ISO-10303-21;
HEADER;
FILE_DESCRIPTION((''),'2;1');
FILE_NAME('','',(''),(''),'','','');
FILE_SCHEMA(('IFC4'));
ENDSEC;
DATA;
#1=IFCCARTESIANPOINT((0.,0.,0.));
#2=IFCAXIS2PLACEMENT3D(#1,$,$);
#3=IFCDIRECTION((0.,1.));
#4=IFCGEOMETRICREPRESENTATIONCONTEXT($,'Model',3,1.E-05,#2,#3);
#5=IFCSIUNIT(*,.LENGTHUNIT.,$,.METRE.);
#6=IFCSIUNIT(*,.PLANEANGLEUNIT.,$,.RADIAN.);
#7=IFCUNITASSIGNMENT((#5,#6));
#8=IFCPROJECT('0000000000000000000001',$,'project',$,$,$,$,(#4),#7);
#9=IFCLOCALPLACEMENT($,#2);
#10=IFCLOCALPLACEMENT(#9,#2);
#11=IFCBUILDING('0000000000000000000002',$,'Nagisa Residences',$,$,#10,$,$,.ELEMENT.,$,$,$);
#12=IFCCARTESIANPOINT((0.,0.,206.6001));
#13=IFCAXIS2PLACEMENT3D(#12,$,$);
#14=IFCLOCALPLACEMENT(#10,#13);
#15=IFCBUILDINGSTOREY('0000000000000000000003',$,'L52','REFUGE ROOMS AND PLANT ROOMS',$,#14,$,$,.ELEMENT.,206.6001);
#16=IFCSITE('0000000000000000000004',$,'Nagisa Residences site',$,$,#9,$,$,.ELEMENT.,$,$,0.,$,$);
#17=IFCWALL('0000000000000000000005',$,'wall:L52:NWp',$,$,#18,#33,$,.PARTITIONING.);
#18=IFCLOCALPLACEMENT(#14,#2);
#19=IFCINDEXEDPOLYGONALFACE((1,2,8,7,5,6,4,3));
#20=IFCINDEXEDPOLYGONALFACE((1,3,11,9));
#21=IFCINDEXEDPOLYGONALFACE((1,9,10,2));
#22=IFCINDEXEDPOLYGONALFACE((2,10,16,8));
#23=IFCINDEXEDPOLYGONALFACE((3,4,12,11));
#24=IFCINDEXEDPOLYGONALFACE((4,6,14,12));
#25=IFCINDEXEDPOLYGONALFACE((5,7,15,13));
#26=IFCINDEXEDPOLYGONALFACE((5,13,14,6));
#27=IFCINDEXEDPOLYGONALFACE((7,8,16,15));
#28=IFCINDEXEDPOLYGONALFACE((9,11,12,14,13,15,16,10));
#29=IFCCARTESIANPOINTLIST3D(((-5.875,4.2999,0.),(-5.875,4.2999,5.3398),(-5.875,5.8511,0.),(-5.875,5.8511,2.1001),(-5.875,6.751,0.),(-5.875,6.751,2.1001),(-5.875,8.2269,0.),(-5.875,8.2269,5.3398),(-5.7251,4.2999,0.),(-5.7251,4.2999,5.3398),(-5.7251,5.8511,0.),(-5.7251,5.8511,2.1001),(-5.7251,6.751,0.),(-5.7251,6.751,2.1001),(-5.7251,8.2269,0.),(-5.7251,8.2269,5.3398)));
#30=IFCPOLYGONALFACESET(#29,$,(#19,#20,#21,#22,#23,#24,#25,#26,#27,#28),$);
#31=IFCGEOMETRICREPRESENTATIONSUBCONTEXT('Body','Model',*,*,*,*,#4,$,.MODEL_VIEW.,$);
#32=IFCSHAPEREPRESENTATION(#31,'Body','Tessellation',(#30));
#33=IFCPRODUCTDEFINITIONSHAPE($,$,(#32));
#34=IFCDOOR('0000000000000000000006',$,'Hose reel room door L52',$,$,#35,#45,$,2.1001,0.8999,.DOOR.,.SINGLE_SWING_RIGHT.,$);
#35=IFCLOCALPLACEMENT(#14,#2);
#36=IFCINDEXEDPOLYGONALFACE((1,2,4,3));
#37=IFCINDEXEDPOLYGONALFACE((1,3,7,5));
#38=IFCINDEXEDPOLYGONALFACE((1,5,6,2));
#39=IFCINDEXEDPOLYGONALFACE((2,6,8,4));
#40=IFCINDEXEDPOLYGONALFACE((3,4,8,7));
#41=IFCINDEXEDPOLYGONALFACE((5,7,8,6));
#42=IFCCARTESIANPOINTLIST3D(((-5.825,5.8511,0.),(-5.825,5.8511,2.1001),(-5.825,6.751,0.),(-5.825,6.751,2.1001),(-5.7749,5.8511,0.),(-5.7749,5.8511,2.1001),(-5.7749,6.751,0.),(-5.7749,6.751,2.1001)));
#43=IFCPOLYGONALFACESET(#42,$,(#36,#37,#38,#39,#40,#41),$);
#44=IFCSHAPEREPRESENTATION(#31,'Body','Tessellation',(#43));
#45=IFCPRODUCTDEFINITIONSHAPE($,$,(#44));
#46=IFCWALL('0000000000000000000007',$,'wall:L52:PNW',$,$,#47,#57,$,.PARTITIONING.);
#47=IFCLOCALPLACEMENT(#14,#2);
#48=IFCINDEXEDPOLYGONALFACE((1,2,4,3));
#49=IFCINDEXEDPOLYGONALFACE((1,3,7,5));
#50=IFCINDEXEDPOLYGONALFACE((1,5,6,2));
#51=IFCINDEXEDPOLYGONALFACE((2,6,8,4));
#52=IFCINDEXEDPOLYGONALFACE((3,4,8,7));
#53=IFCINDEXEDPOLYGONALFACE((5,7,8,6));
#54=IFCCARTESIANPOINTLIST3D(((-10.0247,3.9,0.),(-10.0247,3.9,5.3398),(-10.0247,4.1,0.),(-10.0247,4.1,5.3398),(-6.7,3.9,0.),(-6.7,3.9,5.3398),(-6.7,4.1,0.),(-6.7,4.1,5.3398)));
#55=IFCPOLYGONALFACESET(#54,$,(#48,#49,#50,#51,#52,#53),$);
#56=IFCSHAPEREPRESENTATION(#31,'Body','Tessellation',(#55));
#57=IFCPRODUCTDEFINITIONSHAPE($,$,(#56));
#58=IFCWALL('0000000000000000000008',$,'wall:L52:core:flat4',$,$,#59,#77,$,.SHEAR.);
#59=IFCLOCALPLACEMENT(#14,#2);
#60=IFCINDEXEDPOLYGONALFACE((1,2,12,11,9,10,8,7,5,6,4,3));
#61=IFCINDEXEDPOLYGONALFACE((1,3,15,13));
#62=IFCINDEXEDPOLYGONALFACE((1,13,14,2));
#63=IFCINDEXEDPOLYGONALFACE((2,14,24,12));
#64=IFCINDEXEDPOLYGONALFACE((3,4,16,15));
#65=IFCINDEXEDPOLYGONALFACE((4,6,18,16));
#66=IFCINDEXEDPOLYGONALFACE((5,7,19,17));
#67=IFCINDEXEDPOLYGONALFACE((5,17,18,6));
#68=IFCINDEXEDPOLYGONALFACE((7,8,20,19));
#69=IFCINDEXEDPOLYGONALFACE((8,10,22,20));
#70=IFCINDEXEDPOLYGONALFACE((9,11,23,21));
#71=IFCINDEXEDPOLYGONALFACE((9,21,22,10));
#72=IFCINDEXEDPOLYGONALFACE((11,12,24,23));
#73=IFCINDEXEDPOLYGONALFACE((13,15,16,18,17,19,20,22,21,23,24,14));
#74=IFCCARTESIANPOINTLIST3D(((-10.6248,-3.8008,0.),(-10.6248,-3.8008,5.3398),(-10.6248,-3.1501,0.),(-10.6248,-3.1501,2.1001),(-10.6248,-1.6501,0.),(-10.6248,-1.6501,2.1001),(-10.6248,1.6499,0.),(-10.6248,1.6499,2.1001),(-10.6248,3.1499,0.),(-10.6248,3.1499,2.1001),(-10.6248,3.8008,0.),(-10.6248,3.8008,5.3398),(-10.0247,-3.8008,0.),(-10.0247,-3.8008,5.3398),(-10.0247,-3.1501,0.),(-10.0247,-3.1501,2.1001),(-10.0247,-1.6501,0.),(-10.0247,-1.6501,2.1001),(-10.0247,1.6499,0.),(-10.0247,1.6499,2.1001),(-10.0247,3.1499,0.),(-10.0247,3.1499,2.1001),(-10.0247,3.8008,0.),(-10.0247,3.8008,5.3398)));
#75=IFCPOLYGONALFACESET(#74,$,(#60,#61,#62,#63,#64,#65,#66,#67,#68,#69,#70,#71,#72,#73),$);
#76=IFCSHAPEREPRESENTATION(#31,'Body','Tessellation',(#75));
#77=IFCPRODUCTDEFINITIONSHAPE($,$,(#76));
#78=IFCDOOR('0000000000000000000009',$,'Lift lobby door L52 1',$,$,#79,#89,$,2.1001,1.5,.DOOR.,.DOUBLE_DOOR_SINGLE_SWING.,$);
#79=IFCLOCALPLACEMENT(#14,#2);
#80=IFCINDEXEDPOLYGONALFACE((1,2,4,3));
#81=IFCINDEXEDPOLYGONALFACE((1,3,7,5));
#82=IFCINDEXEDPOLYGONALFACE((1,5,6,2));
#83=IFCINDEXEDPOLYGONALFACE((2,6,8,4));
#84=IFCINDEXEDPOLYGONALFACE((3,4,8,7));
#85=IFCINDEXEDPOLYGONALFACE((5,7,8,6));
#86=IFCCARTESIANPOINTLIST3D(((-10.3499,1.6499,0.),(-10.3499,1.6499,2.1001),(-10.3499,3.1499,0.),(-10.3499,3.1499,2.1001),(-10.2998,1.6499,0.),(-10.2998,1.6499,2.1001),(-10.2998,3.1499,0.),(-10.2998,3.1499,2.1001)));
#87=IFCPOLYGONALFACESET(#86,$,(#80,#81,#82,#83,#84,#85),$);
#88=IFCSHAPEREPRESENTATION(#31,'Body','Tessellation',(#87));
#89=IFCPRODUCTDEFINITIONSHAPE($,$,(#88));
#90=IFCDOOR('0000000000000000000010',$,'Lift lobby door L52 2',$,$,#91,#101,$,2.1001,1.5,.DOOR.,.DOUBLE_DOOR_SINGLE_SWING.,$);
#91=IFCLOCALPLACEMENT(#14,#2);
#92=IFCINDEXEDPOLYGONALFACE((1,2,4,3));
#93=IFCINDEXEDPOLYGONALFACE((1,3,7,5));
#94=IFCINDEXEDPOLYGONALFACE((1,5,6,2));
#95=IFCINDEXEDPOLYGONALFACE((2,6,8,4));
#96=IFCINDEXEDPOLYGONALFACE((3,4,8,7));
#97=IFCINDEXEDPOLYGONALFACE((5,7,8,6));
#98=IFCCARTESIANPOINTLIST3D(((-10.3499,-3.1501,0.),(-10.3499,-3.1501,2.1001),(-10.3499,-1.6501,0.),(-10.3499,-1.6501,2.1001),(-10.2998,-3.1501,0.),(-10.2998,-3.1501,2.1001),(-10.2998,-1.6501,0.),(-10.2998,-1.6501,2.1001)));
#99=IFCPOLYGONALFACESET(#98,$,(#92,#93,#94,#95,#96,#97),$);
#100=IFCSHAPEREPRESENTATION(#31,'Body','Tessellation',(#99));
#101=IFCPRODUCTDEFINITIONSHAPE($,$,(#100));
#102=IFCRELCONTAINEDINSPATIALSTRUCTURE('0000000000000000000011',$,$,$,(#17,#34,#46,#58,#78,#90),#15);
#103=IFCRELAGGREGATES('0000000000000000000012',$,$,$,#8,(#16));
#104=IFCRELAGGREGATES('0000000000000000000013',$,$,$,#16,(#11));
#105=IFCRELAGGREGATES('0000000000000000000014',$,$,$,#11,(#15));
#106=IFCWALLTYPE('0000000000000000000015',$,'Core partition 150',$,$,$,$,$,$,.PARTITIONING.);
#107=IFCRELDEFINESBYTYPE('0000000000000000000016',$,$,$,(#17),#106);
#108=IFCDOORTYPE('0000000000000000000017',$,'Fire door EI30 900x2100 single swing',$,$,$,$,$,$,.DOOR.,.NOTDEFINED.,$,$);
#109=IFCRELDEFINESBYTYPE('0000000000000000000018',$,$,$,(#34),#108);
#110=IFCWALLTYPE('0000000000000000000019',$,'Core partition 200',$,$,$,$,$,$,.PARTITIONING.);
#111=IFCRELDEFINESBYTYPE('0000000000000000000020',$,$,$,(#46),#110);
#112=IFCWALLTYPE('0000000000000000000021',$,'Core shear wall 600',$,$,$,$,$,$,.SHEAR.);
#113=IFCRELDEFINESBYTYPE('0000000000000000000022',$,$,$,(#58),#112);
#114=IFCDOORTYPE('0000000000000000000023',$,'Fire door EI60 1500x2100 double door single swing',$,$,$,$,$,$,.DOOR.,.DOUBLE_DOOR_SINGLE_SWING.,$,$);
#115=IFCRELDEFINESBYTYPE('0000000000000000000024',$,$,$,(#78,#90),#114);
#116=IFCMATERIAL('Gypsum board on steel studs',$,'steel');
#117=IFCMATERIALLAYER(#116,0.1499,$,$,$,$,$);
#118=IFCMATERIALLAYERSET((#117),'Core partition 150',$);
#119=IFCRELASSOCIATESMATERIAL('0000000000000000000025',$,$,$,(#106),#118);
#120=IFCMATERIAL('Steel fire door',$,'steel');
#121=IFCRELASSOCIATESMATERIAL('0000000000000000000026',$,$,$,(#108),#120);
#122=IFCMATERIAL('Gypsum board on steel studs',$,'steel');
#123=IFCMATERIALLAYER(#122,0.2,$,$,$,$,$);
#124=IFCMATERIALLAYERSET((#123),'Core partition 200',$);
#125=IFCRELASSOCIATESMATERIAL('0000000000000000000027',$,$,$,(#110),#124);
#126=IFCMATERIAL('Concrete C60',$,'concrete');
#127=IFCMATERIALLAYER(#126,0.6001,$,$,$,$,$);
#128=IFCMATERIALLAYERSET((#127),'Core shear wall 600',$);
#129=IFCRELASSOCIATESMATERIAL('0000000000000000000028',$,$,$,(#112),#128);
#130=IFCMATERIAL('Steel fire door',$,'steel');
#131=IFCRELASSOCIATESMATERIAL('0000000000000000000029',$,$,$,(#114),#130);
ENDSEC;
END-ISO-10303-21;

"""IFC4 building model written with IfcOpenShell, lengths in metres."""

from ifc_helpers import new_model, si_unit, direction, frame, frame_2d, origin, place, context, subcontext, project, spatial, rectangle, extrude, material, layer, layer_set, type_object, element, fill, save


model = new_model("IFC4")

# Units and contexts
model_context = context("Model", 3, precision=1e-05, world=origin(), true_north=direction((0.0, 1.0)))
body_context = subcontext(model_context, "Body", "Model", "MODEL_VIEW")
ifc_project = project(units=[si_unit("LENGTHUNIT", "METRE"), si_unit("PLANEANGLEUNIT", "RADIAN")], contexts=[model_context])

# Site, building, storey
site_placement = place(None, origin())
site = spatial("IfcSite", under=ifc_project, at=site_placement, Name="Nagisa Residences site", CompositionType="ELEMENT", RefElevation=0.0)
building_placement = place(site_placement, origin())
building = spatial("IfcBuilding", under=site, at=building_placement, Name="Nagisa Residences", CompositionType="ELEMENT")
storey_placement = place(building_placement, frame((0.0, 0.0, 206.6001)))
storey = spatial("IfcBuildingStorey", under=building, at=storey_placement, Name="L52", Description="REFUGE ROOMS AND PLANT ROOMS", CompositionType="ELEMENT", Elevation=206.6001)

# Wall, opening, door
ifc_material_1 = material(Name="Gypsum board on steel studs", Category="steel")
ifc_layer_1 = layer(ifc_material_1, 0.1499)
ifc_layer_set_1 = layer_set([ifc_layer_1], Name="Core partition 150")
wall_type_1 = type_object("IfcWallType", Name="Core partition 150", PredefinedType="PARTITIONING", material=ifc_layer_set_1)
wall_1_placement = place(storey_placement, frame((-5.8, 4.3, 0.0), z_axis=(0.0, 0.0, 1.0), x_axis=(0.0, 1.0, 0.0)))
wall_1 = element("IfcWall", 1, at=wall_1_placement, inside=storey, type_object=wall_type_1, Name="wall:L52:NWp", PredefinedType="PARTITIONING", context=body_context, shape_type="SweptSolid", body=[
    extrude(rectangle(XDim=3.927, YDim=0.1499, at=frame_2d((1.9634, 0.0))), origin(), (0.0, 0.0, 1.0), 5.3398),
])
opening_1_placement = place(wall_1_placement, frame((1.551, 0.0, 0.0)))
opening_1 = element("IfcOpeningElement", 2, at=opening_1_placement, cuts=wall_1, PredefinedType="OPENING", context=body_context, shape_type="SweptSolid", body=[
    extrude(rectangle(XDim=0.8999, YDim=2.1001, at=frame_2d((0.45, 1.05))), frame((0.0, 0.085, 0.0), z_axis=(0.0, -1.0, 0.0), x_axis=(1.0, 0.0, 0.0)), (0.0, 0.0, 1.0), 0.1699),
])
ifc_material_2 = material(Name="Steel fire door", Category="steel")
door_type_1 = type_object("IfcDoorType", Name="Fire door EI30 900x2100 single swing", OperationType="NOTDEFINED", PredefinedType="DOOR", material=ifc_material_2)
door_1_placement = place(opening_1_placement, origin())
door_1 = element("IfcDoor", 3, at=door_1_placement, inside=storey, type_object=door_type_1, Name="Hose reel room door L52", OperationType="SINGLE_SWING_RIGHT", OverallHeight=2.1001, OverallWidth=0.8999, PredefinedType="DOOR", context=body_context, shape_type="SweptSolid", body=[
    extrude(rectangle(XDim=0.8999, YDim=2.1001, at=frame_2d((0.45, 1.05))), frame((0.0, 0.0249, 0.0), z_axis=(0.0, -1.0, 0.0), x_axis=(1.0, 0.0, 0.0)), (0.0, 0.0, 1.0), 0.05),
])
fill(opening_1, door_1)

# Wall
ifc_material_3 = material(Name="Gypsum board on steel studs", Category="steel")
ifc_layer_2 = layer(ifc_material_3, 0.2)
ifc_layer_set_2 = layer_set([ifc_layer_2], Name="Core partition 200")
wall_type_2 = type_object("IfcWallType", Name="Core partition 200", PredefinedType="PARTITIONING", material=ifc_layer_set_2)
wall_2_placement = place(storey_placement, frame((-10.0247, 4.0, 0.0), z_axis=(0.0, 0.0, 1.0), x_axis=(1.0, 0.0, 0.0)))
element("IfcWall", 4, at=wall_2_placement, inside=storey, type_object=wall_type_2, Name="wall:L52:PNW", PredefinedType="PARTITIONING", context=body_context, shape_type="SweptSolid", body=[
    extrude(rectangle(XDim=3.3247, YDim=0.2, at=frame_2d((1.6624, 0.0))), origin(), (0.0, 0.0, 1.0), 5.3398),
])

# Wall, openings, doors
ifc_material_4 = material(Name="Concrete C60", Category="concrete")
ifc_layer_3 = layer(ifc_material_4, 0.6001)
ifc_layer_set_3 = layer_set([ifc_layer_3], Name="Core shear wall 600")
wall_type_3 = type_object("IfcWallType", Name="Core shear wall 600", PredefinedType="SHEAR", material=ifc_layer_set_3)
wall_3_placement = place(storey_placement, frame((-10.3247, 3.8008, 0.0), z_axis=(0.0, 0.0, 1.0), x_axis=(0.0, -1.0, 0.0)))
wall_3 = element("IfcWall", 5, at=wall_3_placement, inside=storey, type_object=wall_type_3, Name="wall:L52:core:flat4", PredefinedType="SHEAR", context=body_context, shape_type="SweptSolid", body=[
    extrude(rectangle(XDim=7.6016, YDim=0.6001, at=frame_2d((3.8008, 0.0))), origin(), (0.0, 0.0, 1.0), 5.3398),
])
opening_2_placement = place(wall_3_placement, frame((0.6509, 0.0, 0.0)))
opening_2 = element("IfcOpeningElement", 6, at=opening_2_placement, cuts=wall_3, PredefinedType="OPENING", context=body_context, shape_type="SweptSolid", body=[
    extrude(rectangle(XDim=1.5, YDim=2.1001, at=frame_2d((0.75, 1.05))), frame((0.0, 0.3101, 0.0), z_axis=(0.0, -1.0, 0.0), x_axis=(1.0, 0.0, 0.0)), (0.0, 0.0, 1.0), 0.6201),
])
opening_3_placement = place(wall_3_placement, frame((5.4509, 0.0, 0.0)))
opening_3 = element("IfcOpeningElement", 7, at=opening_3_placement, cuts=wall_3, PredefinedType="OPENING", context=body_context, shape_type="SweptSolid", body=[
    extrude(rectangle(XDim=1.5, YDim=2.1001, at=frame_2d((0.75, 1.05))), frame((0.0, 0.3101, 0.0), z_axis=(0.0, -1.0, 0.0), x_axis=(1.0, 0.0, 0.0)), (0.0, 0.0, 1.0), 0.6201),
])
ifc_material_5 = material(Name="Steel fire door", Category="steel")
door_type_2 = type_object("IfcDoorType", Name="Fire door EI60 1500x2100 double door single swing", OperationType="DOUBLE_DOOR_SINGLE_SWING", PredefinedType="DOOR", material=ifc_material_5)
door_2_placement = place(opening_2_placement, origin())
door_2 = element("IfcDoor", 8, at=door_2_placement, inside=storey, type_object=door_type_2, Name="Lift lobby door L52 1", OperationType="DOUBLE_DOOR_SINGLE_SWING", OverallHeight=2.1001, OverallWidth=1.5, PredefinedType="DOOR", context=body_context, shape_type="SweptSolid", body=[
    extrude(rectangle(XDim=1.5, YDim=2.1001, at=frame_2d((0.75, 1.05))), frame((0.0, 0.0249, 0.0), z_axis=(0.0, -1.0, 0.0), x_axis=(1.0, 0.0, 0.0)), (0.0, 0.0, 1.0), 0.05),
])
fill(opening_2, door_2)
door_3_placement = place(opening_3_placement, origin())
door_3 = element("IfcDoor", 9, at=door_3_placement, inside=storey, type_object=door_type_2, Name="Lift lobby door L52 2", OperationType="DOUBLE_DOOR_SINGLE_SWING", OverallHeight=2.1001, OverallWidth=1.5, PredefinedType="DOOR", context=body_context, shape_type="SweptSolid", body=[
    extrude(rectangle(XDim=1.5, YDim=2.1001, at=frame_2d((0.75, 1.05))), frame((0.0, 0.0249, 0.0), z_axis=(0.0, -1.0, 0.0), x_axis=(1.0, 0.0, 0.0)), (0.0, 0.0, 1.0), 0.05),
])
fill(opening_3, door_3)

save(model, "model.ifc")
